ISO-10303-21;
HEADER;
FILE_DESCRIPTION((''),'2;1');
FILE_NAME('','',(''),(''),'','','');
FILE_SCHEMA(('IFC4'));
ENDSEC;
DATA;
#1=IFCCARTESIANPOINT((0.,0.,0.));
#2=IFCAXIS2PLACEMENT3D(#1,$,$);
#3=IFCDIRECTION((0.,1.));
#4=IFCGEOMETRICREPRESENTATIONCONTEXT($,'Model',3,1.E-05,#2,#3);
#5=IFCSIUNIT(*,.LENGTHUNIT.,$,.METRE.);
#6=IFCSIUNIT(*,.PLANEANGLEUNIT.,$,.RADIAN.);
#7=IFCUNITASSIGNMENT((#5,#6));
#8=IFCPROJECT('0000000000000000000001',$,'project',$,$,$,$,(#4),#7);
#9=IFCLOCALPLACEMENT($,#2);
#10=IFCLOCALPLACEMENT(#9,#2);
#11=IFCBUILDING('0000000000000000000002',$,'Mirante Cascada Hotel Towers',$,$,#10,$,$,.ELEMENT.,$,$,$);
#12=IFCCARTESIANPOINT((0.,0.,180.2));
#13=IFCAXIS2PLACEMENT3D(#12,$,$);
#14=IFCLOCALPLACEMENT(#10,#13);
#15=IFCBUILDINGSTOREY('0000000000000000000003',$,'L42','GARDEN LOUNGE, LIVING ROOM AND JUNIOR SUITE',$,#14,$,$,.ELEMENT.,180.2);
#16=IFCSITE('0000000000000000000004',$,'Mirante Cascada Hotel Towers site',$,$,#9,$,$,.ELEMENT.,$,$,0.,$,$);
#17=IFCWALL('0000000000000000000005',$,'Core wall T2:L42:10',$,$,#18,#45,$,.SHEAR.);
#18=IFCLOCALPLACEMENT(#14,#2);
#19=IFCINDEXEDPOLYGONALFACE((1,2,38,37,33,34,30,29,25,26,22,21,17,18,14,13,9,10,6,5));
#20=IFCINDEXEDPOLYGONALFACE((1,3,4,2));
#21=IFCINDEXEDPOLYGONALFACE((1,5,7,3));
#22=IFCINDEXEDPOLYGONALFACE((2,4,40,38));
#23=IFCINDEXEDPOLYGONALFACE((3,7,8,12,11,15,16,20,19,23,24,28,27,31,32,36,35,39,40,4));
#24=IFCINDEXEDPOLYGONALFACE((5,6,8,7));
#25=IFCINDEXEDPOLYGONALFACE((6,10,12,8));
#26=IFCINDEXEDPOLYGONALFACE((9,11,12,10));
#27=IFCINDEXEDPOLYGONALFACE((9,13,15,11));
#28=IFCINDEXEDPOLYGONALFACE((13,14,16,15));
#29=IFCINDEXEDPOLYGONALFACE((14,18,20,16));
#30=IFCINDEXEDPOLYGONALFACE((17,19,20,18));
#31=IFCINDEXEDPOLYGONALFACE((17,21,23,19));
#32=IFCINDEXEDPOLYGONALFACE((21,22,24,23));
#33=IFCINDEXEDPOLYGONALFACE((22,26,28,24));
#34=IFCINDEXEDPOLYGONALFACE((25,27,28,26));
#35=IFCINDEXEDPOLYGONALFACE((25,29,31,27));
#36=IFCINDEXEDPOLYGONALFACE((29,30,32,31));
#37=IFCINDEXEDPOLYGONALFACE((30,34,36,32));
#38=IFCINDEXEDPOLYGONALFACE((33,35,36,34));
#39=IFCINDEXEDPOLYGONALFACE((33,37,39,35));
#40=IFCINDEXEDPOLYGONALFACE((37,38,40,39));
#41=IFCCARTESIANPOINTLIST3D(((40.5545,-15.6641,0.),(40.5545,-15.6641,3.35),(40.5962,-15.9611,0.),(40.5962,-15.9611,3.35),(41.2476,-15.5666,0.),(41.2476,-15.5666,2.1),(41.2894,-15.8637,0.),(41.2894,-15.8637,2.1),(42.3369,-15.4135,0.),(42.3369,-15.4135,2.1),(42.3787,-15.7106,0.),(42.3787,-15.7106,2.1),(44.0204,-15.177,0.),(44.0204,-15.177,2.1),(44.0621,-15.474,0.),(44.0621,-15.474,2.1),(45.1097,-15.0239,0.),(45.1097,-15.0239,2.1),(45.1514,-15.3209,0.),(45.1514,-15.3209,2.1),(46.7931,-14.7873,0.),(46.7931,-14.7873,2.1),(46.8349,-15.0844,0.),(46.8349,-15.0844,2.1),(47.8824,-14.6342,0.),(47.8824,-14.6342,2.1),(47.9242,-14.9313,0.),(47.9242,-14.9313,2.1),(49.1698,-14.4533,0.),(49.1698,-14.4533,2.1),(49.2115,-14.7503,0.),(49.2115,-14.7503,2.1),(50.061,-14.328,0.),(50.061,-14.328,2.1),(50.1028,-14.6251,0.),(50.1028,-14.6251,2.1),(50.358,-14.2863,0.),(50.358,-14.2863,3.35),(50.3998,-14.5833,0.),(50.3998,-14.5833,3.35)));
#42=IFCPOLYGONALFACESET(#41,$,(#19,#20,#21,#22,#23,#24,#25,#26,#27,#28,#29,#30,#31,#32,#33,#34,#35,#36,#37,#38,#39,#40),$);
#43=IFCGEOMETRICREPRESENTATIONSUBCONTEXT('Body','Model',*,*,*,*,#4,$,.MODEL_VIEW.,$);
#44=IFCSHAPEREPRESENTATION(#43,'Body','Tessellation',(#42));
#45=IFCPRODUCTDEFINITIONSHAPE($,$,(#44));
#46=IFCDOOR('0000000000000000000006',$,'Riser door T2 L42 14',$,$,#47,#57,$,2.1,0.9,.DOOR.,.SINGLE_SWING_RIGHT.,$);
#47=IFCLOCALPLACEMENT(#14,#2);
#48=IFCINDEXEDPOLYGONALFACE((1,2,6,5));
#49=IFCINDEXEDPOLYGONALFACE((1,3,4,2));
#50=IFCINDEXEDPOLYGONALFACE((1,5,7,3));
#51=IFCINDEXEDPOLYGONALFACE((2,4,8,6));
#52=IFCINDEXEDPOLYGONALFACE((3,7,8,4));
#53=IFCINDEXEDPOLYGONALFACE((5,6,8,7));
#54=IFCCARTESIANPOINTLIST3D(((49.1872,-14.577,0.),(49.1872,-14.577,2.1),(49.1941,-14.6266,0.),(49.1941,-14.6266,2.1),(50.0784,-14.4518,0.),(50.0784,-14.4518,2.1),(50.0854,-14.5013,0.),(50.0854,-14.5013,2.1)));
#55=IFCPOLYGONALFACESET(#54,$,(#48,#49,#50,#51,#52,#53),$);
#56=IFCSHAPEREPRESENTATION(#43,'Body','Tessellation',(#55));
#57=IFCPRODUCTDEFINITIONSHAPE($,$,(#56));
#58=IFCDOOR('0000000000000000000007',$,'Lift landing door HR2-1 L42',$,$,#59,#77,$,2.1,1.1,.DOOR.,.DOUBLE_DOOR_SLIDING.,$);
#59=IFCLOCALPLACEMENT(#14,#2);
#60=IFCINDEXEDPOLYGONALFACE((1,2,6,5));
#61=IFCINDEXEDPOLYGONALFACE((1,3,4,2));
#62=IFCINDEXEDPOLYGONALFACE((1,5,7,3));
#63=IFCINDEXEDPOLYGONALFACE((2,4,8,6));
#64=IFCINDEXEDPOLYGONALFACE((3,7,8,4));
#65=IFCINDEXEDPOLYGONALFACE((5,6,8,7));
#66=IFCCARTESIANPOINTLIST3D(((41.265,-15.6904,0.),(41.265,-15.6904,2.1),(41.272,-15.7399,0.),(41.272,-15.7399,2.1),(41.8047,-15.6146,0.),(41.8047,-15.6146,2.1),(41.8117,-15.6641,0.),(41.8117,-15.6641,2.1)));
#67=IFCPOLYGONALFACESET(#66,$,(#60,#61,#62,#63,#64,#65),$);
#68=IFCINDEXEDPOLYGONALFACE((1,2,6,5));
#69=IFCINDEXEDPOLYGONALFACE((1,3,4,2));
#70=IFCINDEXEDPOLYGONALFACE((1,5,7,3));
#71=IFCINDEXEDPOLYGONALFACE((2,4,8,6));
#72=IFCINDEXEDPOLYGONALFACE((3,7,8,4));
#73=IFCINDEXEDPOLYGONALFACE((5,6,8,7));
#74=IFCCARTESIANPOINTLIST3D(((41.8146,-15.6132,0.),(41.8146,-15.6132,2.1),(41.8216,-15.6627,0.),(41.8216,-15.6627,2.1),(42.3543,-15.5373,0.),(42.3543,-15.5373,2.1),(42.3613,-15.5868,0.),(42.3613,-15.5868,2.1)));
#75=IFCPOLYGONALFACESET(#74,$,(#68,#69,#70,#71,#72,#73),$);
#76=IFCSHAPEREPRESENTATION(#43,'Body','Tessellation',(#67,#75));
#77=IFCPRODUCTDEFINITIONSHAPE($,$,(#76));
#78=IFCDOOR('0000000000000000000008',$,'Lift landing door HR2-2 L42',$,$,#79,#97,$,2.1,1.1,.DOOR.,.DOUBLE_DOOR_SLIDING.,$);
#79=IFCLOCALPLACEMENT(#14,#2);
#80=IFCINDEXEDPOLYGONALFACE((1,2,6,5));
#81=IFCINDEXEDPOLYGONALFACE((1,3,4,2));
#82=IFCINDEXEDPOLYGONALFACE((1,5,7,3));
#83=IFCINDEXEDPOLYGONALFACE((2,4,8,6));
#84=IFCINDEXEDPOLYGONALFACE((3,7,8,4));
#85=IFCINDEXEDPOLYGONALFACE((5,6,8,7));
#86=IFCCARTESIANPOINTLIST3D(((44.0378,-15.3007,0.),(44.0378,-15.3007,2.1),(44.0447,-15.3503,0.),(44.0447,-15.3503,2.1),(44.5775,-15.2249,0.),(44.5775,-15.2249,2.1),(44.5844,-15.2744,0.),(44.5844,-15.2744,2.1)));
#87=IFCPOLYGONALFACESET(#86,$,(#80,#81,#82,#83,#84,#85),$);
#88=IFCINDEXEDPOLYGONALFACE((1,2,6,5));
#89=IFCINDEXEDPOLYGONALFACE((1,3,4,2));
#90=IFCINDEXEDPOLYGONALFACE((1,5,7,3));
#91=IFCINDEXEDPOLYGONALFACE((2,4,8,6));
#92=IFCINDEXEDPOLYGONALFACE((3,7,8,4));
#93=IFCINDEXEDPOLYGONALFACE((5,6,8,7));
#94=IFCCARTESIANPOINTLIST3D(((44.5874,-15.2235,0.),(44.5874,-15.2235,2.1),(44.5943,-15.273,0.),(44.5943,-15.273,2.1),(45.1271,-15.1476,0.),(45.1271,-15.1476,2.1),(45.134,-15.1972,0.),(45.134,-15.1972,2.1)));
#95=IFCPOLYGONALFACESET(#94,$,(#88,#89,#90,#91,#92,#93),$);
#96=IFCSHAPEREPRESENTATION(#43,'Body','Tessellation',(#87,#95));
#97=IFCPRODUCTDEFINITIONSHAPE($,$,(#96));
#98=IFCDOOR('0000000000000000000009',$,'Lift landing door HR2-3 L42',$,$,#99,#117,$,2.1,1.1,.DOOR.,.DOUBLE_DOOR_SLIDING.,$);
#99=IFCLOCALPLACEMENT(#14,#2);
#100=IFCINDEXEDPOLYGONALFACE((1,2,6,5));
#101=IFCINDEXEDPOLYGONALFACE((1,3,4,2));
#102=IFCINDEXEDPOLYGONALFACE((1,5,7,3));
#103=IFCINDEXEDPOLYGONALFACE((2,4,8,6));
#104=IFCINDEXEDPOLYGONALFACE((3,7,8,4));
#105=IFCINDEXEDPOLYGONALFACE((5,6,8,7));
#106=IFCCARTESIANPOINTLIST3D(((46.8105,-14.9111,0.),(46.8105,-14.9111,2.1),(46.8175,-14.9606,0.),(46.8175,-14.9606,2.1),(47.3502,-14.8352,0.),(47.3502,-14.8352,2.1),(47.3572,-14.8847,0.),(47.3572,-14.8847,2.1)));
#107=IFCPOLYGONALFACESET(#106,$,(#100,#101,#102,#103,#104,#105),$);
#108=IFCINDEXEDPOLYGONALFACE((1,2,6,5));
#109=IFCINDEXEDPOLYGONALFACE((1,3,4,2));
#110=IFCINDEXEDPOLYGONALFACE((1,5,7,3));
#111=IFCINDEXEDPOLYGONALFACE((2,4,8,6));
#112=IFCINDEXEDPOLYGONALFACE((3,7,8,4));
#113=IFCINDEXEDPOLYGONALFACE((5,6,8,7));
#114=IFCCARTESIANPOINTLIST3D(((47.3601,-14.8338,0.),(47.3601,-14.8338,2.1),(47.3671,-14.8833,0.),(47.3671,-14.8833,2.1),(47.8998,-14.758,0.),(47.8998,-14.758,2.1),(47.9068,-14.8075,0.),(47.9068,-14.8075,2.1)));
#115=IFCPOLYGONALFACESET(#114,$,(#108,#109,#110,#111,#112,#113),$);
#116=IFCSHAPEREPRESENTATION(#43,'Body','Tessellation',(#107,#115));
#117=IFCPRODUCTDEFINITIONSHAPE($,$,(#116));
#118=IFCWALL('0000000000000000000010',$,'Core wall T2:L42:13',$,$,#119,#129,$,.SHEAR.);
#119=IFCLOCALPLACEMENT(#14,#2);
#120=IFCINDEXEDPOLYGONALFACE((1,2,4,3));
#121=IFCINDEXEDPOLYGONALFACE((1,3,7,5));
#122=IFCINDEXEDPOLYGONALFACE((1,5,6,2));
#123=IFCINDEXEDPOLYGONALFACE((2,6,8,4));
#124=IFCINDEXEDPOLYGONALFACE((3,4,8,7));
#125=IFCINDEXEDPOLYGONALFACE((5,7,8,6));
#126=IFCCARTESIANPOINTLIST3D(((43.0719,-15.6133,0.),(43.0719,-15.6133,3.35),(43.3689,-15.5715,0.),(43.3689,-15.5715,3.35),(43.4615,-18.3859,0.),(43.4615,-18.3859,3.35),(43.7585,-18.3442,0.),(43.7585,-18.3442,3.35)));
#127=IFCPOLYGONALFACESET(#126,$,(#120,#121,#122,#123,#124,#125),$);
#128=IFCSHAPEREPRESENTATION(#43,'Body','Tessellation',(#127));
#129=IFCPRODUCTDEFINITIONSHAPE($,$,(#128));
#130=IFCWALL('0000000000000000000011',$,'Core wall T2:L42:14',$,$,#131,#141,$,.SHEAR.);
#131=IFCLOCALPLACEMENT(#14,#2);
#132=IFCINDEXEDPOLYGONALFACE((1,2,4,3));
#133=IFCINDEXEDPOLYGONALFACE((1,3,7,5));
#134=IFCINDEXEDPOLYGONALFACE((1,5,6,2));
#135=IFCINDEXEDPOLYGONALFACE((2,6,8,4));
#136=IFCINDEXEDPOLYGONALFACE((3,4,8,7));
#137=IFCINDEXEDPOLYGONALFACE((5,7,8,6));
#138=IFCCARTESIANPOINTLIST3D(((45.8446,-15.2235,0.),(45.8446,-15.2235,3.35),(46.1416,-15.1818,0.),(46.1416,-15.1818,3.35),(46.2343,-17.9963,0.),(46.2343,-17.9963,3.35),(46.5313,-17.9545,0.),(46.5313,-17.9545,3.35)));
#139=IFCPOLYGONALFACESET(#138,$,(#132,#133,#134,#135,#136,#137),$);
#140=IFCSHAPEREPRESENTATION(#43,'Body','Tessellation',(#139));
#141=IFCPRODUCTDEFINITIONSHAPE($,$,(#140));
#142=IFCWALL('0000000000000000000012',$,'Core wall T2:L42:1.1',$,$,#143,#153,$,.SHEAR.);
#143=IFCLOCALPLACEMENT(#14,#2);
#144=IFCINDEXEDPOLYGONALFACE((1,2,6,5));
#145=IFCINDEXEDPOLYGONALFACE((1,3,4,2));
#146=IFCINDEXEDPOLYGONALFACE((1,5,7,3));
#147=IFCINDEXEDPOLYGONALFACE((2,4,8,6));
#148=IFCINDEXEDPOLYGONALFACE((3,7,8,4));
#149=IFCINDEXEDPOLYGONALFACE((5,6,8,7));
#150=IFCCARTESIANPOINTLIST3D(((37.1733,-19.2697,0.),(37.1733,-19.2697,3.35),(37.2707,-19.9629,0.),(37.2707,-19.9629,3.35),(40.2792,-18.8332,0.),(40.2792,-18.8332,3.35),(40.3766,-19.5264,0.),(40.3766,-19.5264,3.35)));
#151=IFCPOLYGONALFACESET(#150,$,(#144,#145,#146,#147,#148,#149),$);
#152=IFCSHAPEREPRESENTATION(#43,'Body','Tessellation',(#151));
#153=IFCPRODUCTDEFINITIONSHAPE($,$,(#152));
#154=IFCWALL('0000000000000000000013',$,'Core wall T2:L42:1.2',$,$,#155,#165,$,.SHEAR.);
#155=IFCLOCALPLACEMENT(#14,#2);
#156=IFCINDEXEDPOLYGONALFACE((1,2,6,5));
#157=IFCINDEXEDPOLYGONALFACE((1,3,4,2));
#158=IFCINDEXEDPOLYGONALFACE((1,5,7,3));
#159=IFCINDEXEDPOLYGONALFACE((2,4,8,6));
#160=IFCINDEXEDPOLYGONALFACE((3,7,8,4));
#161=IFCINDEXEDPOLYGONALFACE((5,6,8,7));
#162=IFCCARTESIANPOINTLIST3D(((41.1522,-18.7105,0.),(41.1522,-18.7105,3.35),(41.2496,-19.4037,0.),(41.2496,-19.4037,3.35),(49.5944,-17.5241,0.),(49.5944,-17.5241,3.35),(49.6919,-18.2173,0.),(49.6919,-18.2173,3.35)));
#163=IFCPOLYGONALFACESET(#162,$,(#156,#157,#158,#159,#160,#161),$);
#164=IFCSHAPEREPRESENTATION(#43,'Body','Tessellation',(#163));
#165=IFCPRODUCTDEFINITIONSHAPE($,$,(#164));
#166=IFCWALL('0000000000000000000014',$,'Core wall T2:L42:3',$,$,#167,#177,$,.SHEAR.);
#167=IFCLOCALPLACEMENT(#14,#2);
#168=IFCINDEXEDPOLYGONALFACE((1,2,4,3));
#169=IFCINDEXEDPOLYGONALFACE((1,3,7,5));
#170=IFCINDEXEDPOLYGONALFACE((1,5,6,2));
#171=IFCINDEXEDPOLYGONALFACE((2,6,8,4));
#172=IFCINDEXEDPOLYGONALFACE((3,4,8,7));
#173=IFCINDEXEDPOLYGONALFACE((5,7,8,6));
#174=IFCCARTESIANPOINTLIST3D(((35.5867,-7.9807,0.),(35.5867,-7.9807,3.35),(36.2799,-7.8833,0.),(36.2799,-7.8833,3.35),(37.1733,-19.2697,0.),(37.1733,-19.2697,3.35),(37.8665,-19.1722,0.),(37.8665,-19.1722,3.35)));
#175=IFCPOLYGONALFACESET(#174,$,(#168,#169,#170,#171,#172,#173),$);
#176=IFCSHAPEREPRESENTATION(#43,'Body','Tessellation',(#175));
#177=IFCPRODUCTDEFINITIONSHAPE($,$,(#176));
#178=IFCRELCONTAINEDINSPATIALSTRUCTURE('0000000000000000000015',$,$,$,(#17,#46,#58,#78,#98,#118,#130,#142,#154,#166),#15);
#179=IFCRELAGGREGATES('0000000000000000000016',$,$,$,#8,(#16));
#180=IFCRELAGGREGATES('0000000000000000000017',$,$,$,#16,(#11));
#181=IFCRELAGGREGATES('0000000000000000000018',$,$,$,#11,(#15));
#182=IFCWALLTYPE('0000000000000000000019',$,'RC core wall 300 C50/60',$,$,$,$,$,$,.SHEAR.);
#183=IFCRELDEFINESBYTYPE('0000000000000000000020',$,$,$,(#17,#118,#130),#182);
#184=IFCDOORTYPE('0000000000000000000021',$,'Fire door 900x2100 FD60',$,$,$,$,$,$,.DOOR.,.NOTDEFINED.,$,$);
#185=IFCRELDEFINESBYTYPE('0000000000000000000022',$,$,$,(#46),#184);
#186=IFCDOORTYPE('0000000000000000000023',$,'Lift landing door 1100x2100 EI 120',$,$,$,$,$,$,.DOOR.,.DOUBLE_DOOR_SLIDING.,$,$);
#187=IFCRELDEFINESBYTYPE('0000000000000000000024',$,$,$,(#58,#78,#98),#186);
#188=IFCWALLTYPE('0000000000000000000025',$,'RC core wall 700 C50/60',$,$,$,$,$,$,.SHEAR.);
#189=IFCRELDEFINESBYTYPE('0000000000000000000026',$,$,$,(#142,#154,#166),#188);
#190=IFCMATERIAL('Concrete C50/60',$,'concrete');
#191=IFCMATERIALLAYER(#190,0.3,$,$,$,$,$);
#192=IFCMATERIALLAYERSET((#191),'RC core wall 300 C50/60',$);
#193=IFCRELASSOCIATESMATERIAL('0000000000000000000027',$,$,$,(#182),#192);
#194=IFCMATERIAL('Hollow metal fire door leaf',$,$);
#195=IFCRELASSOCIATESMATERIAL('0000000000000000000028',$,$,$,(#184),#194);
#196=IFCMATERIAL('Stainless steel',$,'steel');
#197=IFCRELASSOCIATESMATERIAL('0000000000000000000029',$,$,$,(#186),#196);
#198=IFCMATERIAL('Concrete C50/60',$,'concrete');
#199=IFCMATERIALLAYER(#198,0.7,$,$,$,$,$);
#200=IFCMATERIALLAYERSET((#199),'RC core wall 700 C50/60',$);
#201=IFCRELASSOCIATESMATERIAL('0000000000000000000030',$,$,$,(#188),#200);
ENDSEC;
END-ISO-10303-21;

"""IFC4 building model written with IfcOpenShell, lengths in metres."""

from ifc_helpers import new_model, si_unit, direction, frame, frame_2d, origin, place, context, subcontext, project, spatial, rectangle, extrude, material, layer, layer_set, type_object, element, fill, save


model = new_model("IFC4")

# Units and contexts
model_context = context("Model", 3, precision=1e-05, world=origin(), true_north=direction((0.0, 1.0)))
body_context = subcontext(model_context, "Body", "Model", "MODEL_VIEW")
ifc_project = project(units=[si_unit("LENGTHUNIT", "METRE"), si_unit("PLANEANGLEUNIT", "RADIAN")], contexts=[model_context])

# Site, building, storey
site_placement = place(None, origin())
site = spatial("IfcSite", under=ifc_project, at=site_placement, Name="Mirante Cascada Hotel Towers site", CompositionType="ELEMENT", RefElevation=0.0)
building_placement = place(site_placement, origin())
building = spatial("IfcBuilding", under=site, at=building_placement, Name="Mirante Cascada Hotel Towers", CompositionType="ELEMENT")
storey_placement = place(building_placement, frame((0.0, 0.0, 180.2)))
storey = spatial("IfcBuildingStorey", under=building, at=storey_placement, Name="L42", Description="GARDEN LOUNGE, LIVING ROOM AND JUNIOR SUITE", CompositionType="ELEMENT", Elevation=180.2)

# Shared definitions
ifc_material_1 = material(Name="Concrete C50/60", Category="concrete")
ifc_layer_1 = layer(ifc_material_1, 0.3)
ifc_layer_set_1 = layer_set([ifc_layer_1], Name="RC core wall 300 C50/60")
wall_type_1 = type_object("IfcWallType", Name="RC core wall 300 C50/60", PredefinedType="SHEAR", material=ifc_layer_set_1)

# Wall, openings, doors
wall_1_placement = place(storey_placement, frame((40.5753, -15.8126, 0.0), z_axis=(0.0, 0.0, 1.0), x_axis=(0.990268, 0.139173, 0.0)))
wall_1 = element("IfcWall", 1, at=wall_1_placement, inside=storey, type_object=wall_type_1, Name="Core wall T2:L42:10", PredefinedType="SHEAR", context=body_context, shape_type="SweptSolid", body=[
    extrude(rectangle(XDim=9.8999, YDim=0.3, at=frame_2d((4.95, 0.0))), origin(), (0.0, 0.0, 1.0), 3.35),
])
opening_1_placement = place(wall_1_placement, frame((0.7, 0.0, 0.0)))
opening_1 = element("IfcOpeningElement", 2, at=opening_1_placement, cuts=wall_1, PredefinedType="OPENING", context=body_context, shape_type="SweptSolid", body=[
    extrude(rectangle(XDim=1.1, YDim=2.1, at=frame_2d((0.55, 1.05))), frame((0.0, 0.15, 0.0), z_axis=(0.0, -1.0, 0.0), x_axis=(1.0, 0.0, 0.0)), (0.0, 0.0, 1.0), 0.3),
])
opening_2_placement = place(wall_1_placement, frame((3.5, 0.0, 0.0)))
opening_2 = element("IfcOpeningElement", 3, at=opening_2_placement, cuts=wall_1, PredefinedType="OPENING", context=body_context, shape_type="SweptSolid", body=[
    extrude(rectangle(XDim=1.1, YDim=2.1, at=frame_2d((0.55, 1.05))), frame((0.0, 0.15, 0.0), z_axis=(0.0, -1.0, 0.0), x_axis=(1.0, 0.0, 0.0)), (0.0, 0.0, 1.0), 0.3),
])
opening_3_placement = place(wall_1_placement, frame((6.3, 0.0, 0.0)))
opening_3 = element("IfcOpeningElement", 4, at=opening_3_placement, cuts=wall_1, PredefinedType="OPENING", context=body_context, shape_type="SweptSolid", body=[
    extrude(rectangle(XDim=1.1, YDim=2.1, at=frame_2d((0.55, 1.05))), frame((0.0, 0.15, 0.0), z_axis=(0.0, -1.0, 0.0), x_axis=(1.0, 0.0, 0.0)), (0.0, 0.0, 1.0), 0.3),
])
opening_4_placement = place(wall_1_placement, frame((8.7, 0.0, 0.0)))
opening_4 = element("IfcOpeningElement", 5, at=opening_4_placement, cuts=wall_1, PredefinedType="OPENING", context=body_context, shape_type="SweptSolid", body=[
    extrude(rectangle(XDim=0.9, YDim=2.1, at=frame_2d((0.45, 1.05))), frame((0.0, 0.15, 0.0), z_axis=(0.0, -1.0, 0.0), x_axis=(1.0, 0.0, 0.0)), (0.0, 0.0, 1.0), 0.3),
])
ifc_material_2 = material(Name="Hollow metal fire door leaf")
door_type_1 = type_object("IfcDoorType", Name="Fire door 900x2100 FD60", OperationType="NOTDEFINED", PredefinedType="DOOR", material=ifc_material_2)
door_1_placement = place(opening_4_placement, frame((0.9, 0.0, 0.0), z_axis=(0.0, 0.0, 1.0), x_axis=(-1.0, 0.0, 0.0)))
door_1 = element("IfcDoor", 6, at=door_1_placement, inside=storey, type_object=door_type_1, Name="Riser door T2 L42 14", OperationType="SINGLE_SWING_RIGHT", OverallHeight=2.1, OverallWidth=0.9, PredefinedType="DOOR", context=body_context, shape_type="SweptSolid", body=[
    extrude(rectangle(XDim=0.9, YDim=2.1, at=frame_2d((0.45, 1.05))), frame((0.0, 0.025, 0.0), z_axis=(0.0, -1.0, 0.0), x_axis=(1.0, 0.0, 0.0)), (0.0, 0.0, 1.0), 0.05),
])
fill(opening_4, door_1)
ifc_material_3 = material(Name="Stainless steel", Category="steel")
door_type_2 = type_object("IfcDoorType", Name="Lift landing door 1100x2100 EI 120", OperationType="DOUBLE_DOOR_SLIDING", PredefinedType="DOOR", material=ifc_material_3)
door_2_placement = place(opening_1_placement, origin())
door_2 = element("IfcDoor", 7, at=door_2_placement, inside=storey, type_object=door_type_2, Name="Lift landing door HR2-1 L42", OperationType="DOUBLE_DOOR_SLIDING", OverallHeight=2.1, OverallWidth=1.1, PredefinedType="DOOR", context=body_context, shape_type="SweptSolid", body=[
    extrude(rectangle(XDim=0.545, YDim=2.1, at=frame_2d((0.2725, 1.05))), frame((0.0, 0.025, 0.0), z_axis=(0.0, -1.0, 0.0), x_axis=(1.0, 0.0, 0.0)), (0.0, 0.0, 1.0), 0.05),
    extrude(rectangle(XDim=0.545, YDim=2.1, at=frame_2d((0.8275, 1.05))), frame((0.0, 0.025, 0.0), z_axis=(0.0, -1.0, 0.0), x_axis=(1.0, 0.0, 0.0)), (0.0, 0.0, 1.0), 0.05),
])
fill(opening_1, door_2)
door_3_placement = place(opening_2_placement, origin())
door_3 = element("IfcDoor", 8, at=door_3_placement, inside=storey, type_object=door_type_2, Name="Lift landing door HR2-2 L42", OperationType="DOUBLE_DOOR_SLIDING", OverallHeight=2.1, OverallWidth=1.1, PredefinedType="DOOR", context=body_context, shape_type="SweptSolid", body=[
    extrude(rectangle(XDim=0.545, YDim=2.1, at=frame_2d((0.2725, 1.05))), frame((0.0, 0.025, 0.0), z_axis=(0.0, -1.0, 0.0), x_axis=(1.0, 0.0, 0.0)), (0.0, 0.0, 1.0), 0.05),
    extrude(rectangle(XDim=0.545, YDim=2.1, at=frame_2d((0.8275, 1.05))), frame((0.0, 0.025, 0.0), z_axis=(0.0, -1.0, 0.0), x_axis=(1.0, 0.0, 0.0)), (0.0, 0.0, 1.0), 0.05),
])
fill(opening_2, door_3)
door_4_placement = place(opening_3_placement, origin())
door_4 = element("IfcDoor", 9, at=door_4_placement, inside=storey, type_object=door_type_2, Name="Lift landing door HR2-3 L42", OperationType="DOUBLE_DOOR_SLIDING", OverallHeight=2.1, OverallWidth=1.1, PredefinedType="DOOR", context=body_context, shape_type="SweptSolid", body=[
    extrude(rectangle(XDim=0.545, YDim=2.1, at=frame_2d((0.2725, 1.05))), frame((0.0, 0.025, 0.0), z_axis=(0.0, -1.0, 0.0), x_axis=(1.0, 0.0, 0.0)), (0.0, 0.0, 1.0), 0.05),
    extrude(rectangle(XDim=0.545, YDim=2.1, at=frame_2d((0.8275, 1.05))), frame((0.0, 0.025, 0.0), z_axis=(0.0, -1.0, 0.0), x_axis=(1.0, 0.0, 0.0)), (0.0, 0.0, 1.0), 0.05),
])
fill(opening_3, door_4)

# Walls
wall_2_placement = place(storey_placement, frame((43.61, -18.3651, 0.0), z_axis=(0.0, 0.0, 1.0), x_axis=(-0.139146, 0.990272, 0.0)))
element("IfcWall", 10, at=wall_2_placement, inside=storey, type_object=wall_type_1, Name="Core wall T2:L42:13", PredefinedType="SHEAR", context=body_context, shape_type="SweptSolid", body=[
    extrude(rectangle(XDim=2.7999, YDim=0.3, at=frame_2d((1.4, 0.0))), origin(), (0.0, 0.0, 1.0), 3.35),
])
wall_3_placement = place(storey_placement, frame((46.3828, -17.9754, 0.0), z_axis=(0.0, 0.0, 1.0), x_axis=(-0.139181, 0.990267, 0.0)))
element("IfcWall", 11, at=wall_3_placement, inside=storey, type_object=wall_type_1, Name="Core wall T2:L42:14", PredefinedType="SHEAR", context=body_context, shape_type="SweptSolid", body=[
    extrude(rectangle(XDim=2.8, YDim=0.3, at=frame_2d((1.4, 0.0))), origin(), (0.0, 0.0, 1.0), 3.35),
])
ifc_material_4 = material(Name="Concrete C50/60", Category="concrete")
ifc_layer_2 = layer(ifc_material_4, 0.7)
ifc_layer_set_2 = layer_set([ifc_layer_2], Name="RC core wall 700 C50/60")
wall_type_2 = type_object("IfcWallType", Name="RC core wall 700 C50/60", PredefinedType="SHEAR", material=ifc_layer_set_2)
wall_4_placement = place(storey_placement, frame((37.222, -19.6163, 0.0), z_axis=(0.0, 0.0, 1.0), x_axis=(0.990268, 0.139171, 0.0)))
element("IfcWall", 12, at=wall_4_placement, inside=storey, type_object=wall_type_2, Name="Core wall T2:L42:1.1", PredefinedType="SHEAR", context=body_context, shape_type="SweptSolid", body=[
    extrude(rectangle(XDim=3.1364, YDim=0.7, at=frame_2d((1.5682, 0.0))), origin(), (0.0, 0.0, 1.0), 3.35),
])
wall_5_placement = place(storey_placement, frame((41.2009, -19.0571, 0.0), z_axis=(0.0, 0.0, 1.0), x_axis=(0.990269, 0.139165, 0.0)))
element("IfcWall", 13, at=wall_5_placement, inside=storey, type_object=wall_type_2, Name="Core wall T2:L42:1.2", PredefinedType="SHEAR", context=body_context, shape_type="SweptSolid", body=[
    extrude(rectangle(XDim=8.5252, YDim=0.7, at=frame_2d((4.2626, 0.0))), origin(), (0.0, 0.0, 1.0), 3.35),
])
wall_6_placement = place(storey_placement, frame((37.5199, -19.221, 0.0), z_axis=(0.0, 0.0, 1.0), x_axis=(-0.139176, 0.990268, 0.0)))
element("IfcWall", 14, at=wall_6_placement, inside=storey, type_object=wall_type_2, Name="Core wall T2:L42:3", PredefinedType="SHEAR", context=body_context, shape_type="SweptSolid", body=[
    extrude(rectangle(XDim=11.3999, YDim=0.7, at=frame_2d((5.7, 0.0))), origin(), (0.0, 0.0, 1.0), 3.35),
])

save(model, "model.ifc")
